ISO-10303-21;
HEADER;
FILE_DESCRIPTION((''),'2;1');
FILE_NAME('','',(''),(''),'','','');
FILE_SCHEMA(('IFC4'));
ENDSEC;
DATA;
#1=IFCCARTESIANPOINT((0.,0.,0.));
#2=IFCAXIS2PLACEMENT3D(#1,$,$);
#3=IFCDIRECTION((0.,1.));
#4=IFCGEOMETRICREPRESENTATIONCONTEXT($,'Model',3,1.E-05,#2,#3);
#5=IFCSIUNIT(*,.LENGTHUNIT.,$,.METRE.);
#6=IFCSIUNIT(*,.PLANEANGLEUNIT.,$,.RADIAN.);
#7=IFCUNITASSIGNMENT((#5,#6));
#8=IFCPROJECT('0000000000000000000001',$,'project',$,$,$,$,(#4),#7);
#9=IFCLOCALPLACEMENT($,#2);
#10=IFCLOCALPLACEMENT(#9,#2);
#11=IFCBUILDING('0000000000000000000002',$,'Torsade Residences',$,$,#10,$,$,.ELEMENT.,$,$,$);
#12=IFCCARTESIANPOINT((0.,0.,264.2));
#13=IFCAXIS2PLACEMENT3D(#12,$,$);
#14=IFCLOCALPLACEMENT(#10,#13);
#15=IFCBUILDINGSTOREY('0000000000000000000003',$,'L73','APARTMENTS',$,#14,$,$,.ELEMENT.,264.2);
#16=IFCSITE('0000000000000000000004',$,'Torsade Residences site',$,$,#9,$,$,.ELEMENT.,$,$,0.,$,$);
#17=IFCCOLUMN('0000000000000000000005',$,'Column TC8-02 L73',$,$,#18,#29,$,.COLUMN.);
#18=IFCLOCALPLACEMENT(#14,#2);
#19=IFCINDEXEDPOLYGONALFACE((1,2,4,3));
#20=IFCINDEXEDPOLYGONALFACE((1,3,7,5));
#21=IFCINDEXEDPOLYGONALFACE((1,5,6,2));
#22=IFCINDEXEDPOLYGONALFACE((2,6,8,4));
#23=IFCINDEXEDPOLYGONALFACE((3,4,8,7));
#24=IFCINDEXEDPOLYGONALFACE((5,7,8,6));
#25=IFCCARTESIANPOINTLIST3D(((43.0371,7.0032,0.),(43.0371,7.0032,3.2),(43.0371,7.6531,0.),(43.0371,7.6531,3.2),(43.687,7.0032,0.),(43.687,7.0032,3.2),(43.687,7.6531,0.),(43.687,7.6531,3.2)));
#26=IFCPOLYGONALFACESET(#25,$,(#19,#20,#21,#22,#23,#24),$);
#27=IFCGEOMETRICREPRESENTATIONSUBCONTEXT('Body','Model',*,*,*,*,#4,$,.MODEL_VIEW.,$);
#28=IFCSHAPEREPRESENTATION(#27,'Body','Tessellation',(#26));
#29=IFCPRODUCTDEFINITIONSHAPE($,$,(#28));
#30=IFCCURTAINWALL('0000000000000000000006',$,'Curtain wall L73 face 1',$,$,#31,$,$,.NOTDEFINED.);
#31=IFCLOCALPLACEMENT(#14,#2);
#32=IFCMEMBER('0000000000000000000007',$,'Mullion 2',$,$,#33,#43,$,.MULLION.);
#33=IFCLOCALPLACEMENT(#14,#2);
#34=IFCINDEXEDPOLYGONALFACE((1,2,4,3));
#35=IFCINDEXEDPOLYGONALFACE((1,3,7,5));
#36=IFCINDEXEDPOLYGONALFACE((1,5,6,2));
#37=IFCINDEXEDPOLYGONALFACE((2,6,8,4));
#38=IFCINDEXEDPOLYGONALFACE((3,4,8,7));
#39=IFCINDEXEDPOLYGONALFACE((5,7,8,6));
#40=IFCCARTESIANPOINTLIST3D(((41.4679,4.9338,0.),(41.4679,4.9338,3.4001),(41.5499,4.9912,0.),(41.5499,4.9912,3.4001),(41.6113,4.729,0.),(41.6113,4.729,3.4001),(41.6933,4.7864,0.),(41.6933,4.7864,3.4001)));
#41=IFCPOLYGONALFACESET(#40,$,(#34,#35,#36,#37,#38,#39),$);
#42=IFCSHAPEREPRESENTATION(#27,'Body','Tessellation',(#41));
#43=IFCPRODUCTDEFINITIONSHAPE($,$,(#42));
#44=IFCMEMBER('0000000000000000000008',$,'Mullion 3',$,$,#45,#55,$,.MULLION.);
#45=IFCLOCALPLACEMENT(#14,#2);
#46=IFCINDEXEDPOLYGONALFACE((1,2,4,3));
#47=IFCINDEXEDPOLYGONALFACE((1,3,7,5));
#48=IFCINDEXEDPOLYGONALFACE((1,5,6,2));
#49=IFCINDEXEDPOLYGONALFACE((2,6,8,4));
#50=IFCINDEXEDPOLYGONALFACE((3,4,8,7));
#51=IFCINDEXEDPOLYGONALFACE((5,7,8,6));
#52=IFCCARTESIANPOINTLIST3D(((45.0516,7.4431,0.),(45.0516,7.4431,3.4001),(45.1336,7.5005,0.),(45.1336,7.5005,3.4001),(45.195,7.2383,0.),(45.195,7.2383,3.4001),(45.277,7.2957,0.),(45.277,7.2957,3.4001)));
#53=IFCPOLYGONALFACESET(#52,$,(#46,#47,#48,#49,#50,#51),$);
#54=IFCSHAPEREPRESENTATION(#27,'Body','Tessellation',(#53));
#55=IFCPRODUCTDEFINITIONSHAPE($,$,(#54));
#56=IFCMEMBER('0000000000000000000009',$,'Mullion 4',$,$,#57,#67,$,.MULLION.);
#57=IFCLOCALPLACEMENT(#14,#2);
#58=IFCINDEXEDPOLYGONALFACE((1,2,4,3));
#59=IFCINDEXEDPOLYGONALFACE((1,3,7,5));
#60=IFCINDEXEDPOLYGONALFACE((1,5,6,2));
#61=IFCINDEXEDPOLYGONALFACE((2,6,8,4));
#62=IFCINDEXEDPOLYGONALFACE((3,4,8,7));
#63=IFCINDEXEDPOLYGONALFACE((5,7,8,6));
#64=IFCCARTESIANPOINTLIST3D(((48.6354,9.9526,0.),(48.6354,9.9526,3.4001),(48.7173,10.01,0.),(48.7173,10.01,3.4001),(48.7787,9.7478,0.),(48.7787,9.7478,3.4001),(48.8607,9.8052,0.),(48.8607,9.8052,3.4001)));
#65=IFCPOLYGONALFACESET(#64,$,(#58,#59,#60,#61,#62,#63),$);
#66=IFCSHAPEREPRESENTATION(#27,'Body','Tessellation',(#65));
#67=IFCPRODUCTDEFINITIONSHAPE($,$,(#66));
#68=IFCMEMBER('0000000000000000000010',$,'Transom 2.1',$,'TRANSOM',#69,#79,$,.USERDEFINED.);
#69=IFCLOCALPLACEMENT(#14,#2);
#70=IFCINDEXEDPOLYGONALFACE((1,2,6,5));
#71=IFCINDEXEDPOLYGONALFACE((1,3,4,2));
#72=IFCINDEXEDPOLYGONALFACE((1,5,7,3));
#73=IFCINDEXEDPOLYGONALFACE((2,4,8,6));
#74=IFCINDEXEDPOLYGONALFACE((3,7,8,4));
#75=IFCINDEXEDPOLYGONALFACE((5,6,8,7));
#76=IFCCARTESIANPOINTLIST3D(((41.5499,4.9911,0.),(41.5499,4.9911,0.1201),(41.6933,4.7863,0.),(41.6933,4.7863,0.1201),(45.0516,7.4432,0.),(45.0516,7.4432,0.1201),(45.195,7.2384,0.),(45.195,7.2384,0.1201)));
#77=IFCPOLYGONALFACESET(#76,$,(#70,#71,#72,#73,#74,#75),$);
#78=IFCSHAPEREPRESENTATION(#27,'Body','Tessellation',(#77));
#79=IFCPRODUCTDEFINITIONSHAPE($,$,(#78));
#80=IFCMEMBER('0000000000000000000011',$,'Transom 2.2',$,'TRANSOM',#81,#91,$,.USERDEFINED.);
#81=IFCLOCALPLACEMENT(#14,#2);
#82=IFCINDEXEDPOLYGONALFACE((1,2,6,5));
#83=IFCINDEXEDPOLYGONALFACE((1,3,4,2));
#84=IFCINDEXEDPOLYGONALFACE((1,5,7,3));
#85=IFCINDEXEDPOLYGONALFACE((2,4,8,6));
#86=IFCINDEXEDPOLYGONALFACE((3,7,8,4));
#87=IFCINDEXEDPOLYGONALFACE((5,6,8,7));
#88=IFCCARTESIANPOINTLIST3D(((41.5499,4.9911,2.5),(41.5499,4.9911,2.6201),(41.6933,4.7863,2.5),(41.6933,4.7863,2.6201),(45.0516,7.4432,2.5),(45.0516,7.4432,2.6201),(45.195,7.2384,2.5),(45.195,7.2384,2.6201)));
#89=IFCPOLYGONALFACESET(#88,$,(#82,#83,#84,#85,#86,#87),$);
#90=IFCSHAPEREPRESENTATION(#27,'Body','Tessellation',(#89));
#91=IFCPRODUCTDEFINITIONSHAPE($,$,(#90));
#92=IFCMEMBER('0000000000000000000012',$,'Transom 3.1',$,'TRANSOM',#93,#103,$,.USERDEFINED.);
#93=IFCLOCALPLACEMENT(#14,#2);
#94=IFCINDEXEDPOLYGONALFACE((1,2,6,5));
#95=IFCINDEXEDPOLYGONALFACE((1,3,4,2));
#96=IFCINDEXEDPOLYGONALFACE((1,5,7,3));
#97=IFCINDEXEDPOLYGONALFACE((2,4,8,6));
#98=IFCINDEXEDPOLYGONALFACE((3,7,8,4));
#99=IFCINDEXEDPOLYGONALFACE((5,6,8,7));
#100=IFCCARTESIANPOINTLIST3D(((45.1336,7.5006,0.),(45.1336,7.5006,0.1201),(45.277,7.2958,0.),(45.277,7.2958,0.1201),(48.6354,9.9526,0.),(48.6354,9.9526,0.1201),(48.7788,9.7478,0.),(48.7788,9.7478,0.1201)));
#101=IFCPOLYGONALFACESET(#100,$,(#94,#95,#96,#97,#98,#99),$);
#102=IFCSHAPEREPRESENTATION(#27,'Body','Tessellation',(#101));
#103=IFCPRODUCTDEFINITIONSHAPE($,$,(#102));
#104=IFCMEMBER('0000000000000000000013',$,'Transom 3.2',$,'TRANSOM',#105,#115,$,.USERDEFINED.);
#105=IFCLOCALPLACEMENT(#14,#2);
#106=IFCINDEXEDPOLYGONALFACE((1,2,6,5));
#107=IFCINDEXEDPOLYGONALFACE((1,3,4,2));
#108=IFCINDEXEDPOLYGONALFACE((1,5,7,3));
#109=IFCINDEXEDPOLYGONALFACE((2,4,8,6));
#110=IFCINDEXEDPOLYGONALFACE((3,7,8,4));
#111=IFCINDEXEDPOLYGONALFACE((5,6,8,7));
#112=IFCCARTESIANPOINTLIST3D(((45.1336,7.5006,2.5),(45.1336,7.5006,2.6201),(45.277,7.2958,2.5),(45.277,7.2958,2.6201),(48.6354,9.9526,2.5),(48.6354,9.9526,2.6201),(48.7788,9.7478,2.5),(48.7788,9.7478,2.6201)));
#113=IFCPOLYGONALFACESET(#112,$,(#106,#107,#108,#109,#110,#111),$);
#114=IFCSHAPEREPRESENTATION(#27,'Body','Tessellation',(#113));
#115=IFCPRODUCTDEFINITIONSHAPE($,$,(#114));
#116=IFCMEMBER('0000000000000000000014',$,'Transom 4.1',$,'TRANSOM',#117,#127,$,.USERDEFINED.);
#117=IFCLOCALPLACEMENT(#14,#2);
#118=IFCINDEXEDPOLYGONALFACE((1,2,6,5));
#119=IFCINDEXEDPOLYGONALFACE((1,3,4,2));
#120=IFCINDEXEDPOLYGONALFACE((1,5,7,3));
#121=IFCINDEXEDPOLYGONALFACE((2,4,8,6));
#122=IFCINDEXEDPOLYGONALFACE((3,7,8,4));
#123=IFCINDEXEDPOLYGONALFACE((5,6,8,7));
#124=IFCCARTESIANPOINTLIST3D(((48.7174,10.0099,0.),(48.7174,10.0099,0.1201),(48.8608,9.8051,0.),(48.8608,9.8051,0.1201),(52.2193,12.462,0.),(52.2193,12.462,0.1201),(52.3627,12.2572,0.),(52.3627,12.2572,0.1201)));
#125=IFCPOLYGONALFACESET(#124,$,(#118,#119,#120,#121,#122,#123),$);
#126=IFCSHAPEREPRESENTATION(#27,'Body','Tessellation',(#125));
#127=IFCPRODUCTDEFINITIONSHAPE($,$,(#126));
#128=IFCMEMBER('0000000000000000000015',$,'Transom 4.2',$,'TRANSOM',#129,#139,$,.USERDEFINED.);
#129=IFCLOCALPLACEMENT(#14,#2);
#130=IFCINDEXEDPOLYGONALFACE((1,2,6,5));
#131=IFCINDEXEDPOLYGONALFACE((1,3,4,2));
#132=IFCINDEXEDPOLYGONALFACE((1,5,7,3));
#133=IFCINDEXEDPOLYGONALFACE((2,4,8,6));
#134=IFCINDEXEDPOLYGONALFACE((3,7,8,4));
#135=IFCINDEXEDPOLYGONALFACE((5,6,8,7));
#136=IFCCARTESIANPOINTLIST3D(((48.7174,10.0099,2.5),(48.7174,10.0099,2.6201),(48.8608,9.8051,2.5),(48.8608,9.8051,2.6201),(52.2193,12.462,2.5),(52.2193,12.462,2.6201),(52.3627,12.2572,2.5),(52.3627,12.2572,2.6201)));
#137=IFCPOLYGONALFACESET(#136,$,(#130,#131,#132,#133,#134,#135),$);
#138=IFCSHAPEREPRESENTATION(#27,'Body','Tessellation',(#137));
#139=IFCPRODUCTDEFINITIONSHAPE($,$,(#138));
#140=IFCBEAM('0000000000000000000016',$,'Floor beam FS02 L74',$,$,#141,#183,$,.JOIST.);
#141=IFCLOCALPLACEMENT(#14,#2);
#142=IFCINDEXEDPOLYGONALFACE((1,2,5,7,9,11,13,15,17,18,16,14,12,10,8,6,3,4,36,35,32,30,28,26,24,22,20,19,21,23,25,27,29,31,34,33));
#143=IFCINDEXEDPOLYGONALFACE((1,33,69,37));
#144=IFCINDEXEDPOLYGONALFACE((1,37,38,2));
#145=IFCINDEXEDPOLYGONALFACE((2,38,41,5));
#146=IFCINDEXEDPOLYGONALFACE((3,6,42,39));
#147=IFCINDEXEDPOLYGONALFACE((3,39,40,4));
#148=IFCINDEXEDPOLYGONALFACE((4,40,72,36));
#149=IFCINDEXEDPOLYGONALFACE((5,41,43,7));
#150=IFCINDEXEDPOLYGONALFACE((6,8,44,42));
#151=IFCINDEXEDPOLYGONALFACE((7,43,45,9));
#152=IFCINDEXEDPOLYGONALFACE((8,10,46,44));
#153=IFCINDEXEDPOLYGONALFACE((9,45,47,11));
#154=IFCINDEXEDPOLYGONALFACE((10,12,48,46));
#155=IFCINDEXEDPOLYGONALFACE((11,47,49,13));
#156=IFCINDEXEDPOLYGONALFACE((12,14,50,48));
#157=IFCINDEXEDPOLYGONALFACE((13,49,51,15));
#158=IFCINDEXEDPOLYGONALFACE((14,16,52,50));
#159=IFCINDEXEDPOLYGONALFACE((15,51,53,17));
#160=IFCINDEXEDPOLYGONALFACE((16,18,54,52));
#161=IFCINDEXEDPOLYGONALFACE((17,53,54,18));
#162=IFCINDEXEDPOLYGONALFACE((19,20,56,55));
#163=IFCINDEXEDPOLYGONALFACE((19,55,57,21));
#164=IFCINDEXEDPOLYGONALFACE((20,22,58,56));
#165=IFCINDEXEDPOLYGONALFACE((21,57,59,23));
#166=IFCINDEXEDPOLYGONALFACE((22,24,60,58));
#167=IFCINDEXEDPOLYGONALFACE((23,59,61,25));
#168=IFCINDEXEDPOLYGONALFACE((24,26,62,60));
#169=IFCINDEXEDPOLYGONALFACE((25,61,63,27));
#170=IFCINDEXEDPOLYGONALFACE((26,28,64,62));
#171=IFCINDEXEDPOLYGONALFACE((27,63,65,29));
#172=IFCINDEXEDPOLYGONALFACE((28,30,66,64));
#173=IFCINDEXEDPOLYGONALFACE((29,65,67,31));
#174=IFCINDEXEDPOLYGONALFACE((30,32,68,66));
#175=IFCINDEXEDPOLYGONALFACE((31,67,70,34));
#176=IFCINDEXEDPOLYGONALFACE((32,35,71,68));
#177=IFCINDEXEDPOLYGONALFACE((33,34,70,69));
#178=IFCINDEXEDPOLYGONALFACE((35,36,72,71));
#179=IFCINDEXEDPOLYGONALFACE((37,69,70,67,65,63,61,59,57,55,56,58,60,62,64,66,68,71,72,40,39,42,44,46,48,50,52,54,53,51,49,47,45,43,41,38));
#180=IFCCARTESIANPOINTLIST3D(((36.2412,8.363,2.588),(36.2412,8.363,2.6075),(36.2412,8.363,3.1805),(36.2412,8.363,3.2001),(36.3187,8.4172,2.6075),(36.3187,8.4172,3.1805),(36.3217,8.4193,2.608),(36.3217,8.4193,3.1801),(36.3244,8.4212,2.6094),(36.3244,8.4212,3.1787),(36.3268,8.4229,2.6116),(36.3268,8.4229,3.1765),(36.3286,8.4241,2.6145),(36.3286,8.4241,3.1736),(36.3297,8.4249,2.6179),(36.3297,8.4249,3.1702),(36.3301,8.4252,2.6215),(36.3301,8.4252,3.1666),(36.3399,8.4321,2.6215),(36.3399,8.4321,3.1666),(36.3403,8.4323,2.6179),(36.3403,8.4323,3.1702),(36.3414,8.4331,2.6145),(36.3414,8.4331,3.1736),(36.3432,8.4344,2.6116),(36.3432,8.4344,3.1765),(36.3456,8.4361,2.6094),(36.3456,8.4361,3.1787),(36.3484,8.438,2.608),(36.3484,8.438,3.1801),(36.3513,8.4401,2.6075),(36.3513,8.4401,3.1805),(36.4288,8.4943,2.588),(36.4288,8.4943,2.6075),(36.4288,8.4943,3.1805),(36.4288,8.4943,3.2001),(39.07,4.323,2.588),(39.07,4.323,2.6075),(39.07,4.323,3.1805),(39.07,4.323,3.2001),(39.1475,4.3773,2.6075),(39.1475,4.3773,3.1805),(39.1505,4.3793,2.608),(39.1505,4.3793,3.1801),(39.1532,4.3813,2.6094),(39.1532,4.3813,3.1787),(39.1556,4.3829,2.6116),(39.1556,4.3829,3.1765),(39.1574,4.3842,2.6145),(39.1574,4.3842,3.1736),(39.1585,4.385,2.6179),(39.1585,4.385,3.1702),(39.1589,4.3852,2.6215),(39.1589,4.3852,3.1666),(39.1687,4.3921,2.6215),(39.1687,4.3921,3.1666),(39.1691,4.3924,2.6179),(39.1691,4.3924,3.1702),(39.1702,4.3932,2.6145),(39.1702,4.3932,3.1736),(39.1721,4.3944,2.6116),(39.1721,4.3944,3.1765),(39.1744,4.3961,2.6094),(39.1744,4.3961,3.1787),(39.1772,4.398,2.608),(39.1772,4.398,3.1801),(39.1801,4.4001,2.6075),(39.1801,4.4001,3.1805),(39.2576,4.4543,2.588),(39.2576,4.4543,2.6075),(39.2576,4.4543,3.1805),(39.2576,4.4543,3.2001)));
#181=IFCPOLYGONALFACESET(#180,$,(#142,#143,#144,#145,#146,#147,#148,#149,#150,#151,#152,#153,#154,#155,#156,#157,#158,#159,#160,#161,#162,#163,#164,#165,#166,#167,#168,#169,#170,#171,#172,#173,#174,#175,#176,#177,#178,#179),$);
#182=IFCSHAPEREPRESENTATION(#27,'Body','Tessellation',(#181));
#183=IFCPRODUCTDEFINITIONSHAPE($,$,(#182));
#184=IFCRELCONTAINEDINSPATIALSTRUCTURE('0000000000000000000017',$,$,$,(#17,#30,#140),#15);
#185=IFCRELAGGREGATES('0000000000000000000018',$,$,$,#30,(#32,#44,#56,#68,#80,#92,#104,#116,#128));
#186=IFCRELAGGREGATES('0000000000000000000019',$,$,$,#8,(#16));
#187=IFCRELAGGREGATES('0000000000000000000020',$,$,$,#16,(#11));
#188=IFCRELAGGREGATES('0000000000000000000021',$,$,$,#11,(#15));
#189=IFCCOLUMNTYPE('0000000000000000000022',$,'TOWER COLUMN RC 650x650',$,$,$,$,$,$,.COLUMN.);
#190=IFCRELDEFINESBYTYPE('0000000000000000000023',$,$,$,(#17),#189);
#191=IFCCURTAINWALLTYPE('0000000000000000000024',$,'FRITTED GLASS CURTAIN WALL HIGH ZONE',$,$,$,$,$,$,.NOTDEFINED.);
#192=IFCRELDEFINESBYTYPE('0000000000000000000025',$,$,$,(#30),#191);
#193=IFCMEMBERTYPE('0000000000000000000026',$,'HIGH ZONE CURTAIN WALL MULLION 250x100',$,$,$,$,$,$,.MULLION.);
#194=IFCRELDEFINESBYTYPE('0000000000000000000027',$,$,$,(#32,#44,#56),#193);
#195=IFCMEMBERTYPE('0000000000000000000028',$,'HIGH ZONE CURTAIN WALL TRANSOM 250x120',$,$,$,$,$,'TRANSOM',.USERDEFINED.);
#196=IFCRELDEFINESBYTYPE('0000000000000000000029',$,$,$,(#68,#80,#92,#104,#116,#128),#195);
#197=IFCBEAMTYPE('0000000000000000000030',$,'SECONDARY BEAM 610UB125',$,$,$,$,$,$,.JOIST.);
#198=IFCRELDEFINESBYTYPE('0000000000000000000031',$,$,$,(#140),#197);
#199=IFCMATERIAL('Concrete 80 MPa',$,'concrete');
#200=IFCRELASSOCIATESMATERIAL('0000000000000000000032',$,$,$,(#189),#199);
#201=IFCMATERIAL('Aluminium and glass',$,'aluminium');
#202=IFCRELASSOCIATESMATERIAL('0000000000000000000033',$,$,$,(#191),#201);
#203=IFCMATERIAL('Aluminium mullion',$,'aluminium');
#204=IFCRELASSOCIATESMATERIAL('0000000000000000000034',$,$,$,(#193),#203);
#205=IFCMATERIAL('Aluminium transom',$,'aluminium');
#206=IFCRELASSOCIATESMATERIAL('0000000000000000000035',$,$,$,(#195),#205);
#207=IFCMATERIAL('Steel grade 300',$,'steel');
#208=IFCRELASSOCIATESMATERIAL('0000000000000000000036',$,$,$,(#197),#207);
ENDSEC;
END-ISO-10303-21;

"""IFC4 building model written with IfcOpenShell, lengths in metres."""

from ifc_helpers import new_model, si_unit, direction, frame, origin, origin_2d, place, context, subcontext, project, spatial, rectangle, i_section, extrude, material, material_profile, profile_set, type_object, element, aggregate, save


model = new_model("IFC4")

# Units and contexts
model_context = context("Model", 3, precision=1e-05, world=origin(), true_north=direction((0.0, 1.0)))
body_context = subcontext(model_context, "Body", "Model", "MODEL_VIEW")
ifc_project = project(units=[si_unit("LENGTHUNIT", "METRE"), si_unit("PLANEANGLEUNIT", "RADIAN")], contexts=[model_context])

# Site, building, storey
site_placement = place(None, origin())
site = spatial("IfcSite", under=ifc_project, at=site_placement, Name="Torsade Residences site", CompositionType="ELEMENT", RefElevation=0.0)
building_placement = place(site_placement, origin())
building = spatial("IfcBuilding", under=site, at=building_placement, Name="Torsade Residences", CompositionType="ELEMENT")
storey_placement = place(building_placement, frame((0.0, 0.0, 264.2)))
storey = spatial("IfcBuildingStorey", under=building, at=storey_placement, Name="L73", Description="APARTMENTS", CompositionType="ELEMENT", Elevation=264.2)

# Column
ifc_material_1 = material(Name="Concrete 80 MPa", Category="concrete")
ifc_material_profile_1 = material_profile(ifc_material_1, rectangle(XDim=0.6499, YDim=0.6499, at=origin_2d()), Name="RC 650x650")
ifc_profile_set_1 = profile_set([ifc_material_profile_1], Name="Concrete 80 MPa")
column_type = type_object("IfcColumnType", Name="TOWER COLUMN RC 650x650", PredefinedType="COLUMN", material=ifc_profile_set_1)
column_placement = place(storey_placement, frame((43.3621, 7.3281, 0.0), z_axis=(0.0, 0.0, 1.0), x_axis=(1.0, 0.0, 0.0)))
element("IfcColumn", 1, at=column_placement, inside=storey, type_object=column_type, Name="Column TC8-02 L73", PredefinedType="COLUMN", context=body_context, shape_type="SweptSolid", body=[
    extrude(rectangle(XDim=0.6499, YDim=0.6499, at=origin_2d()), origin(), (0.0, 0.0, 1.0), 3.2),
])

# Curtain wall, members
ifc_material_2 = material(Name="Aluminium and glass", Category="aluminium")
curtain_wall_type = type_object("IfcCurtainWallType", Name="FRITTED GLASS CURTAIN WALL HIGH ZONE", PredefinedType="NOTDEFINED", material=ifc_material_2)
curtain_wall_placement = place(storey_placement, origin())
curtain_wall = element("IfcCurtainWall", 2, at=curtain_wall_placement, inside=storey, type_object=curtain_wall_type, Name="Curtain wall L73 face 1", PredefinedType="NOTDEFINED")
ifc_material_3 = material(Name="Aluminium mullion", Category="aluminium")
ifc_material_profile_2 = material_profile(ifc_material_3, rectangle(XDim=0.25, YDim=0.1001, at=origin_2d()), Name="HIGH ZONE CURTAIN WALL MULLION 250x100")
ifc_profile_set_2 = profile_set([ifc_material_profile_2], Name="Aluminium mullion")
member_type_1 = type_object("IfcMemberType", Name="HIGH ZONE CURTAIN WALL MULLION 250x100", PredefinedType="MULLION", material=ifc_profile_set_2)
member_1_placement = place(storey_placement, frame((41.5806, 4.8601, 0.0), z_axis=(0.0, 0.0, 1.0), x_axis=(-0.573576, 0.819152, 0.0)))
member_1 = element("IfcMember", 3, at=member_1_placement, type_object=member_type_1, Name="Mullion 2", PredefinedType="MULLION", context=body_context, shape_type="SweptSolid", body=[
    extrude(rectangle(XDim=0.25, YDim=0.1001, at=origin_2d()), origin(), (0.0, 0.0, 1.0), 3.4001),
])
member_2_placement = place(storey_placement, frame((45.1643, 7.3694, 0.0), z_axis=(0.0, 0.0, 1.0), x_axis=(-0.573576, 0.819152, 0.0)))
member_2 = element("IfcMember", 4, at=member_2_placement, type_object=member_type_1, Name="Mullion 3", PredefinedType="MULLION", context=body_context, shape_type="SweptSolid", body=[
    extrude(rectangle(XDim=0.25, YDim=0.1001, at=origin_2d()), origin(), (0.0, 0.0, 1.0), 3.4001),
])
member_3_placement = place(storey_placement, frame((48.748, 9.8789, 0.0), z_axis=(0.0, 0.0, 1.0), x_axis=(-0.573576, 0.819152, 0.0)))
member_3 = element("IfcMember", 5, at=member_3_placement, type_object=member_type_1, Name="Mullion 4", PredefinedType="MULLION", context=body_context, shape_type="SweptSolid", body=[
    extrude(rectangle(XDim=0.25, YDim=0.1001, at=origin_2d()), origin(), (0.0, 0.0, 1.0), 3.4001),
])
ifc_material_4 = material(Name="Aluminium transom", Category="aluminium")
ifc_material_profile_3 = material_profile(ifc_material_4, rectangle(XDim=0.25, YDim=0.1201, at=origin_2d()), Name="HIGH ZONE CURTAIN WALL TRANSOM 250x120")
ifc_profile_set_3 = profile_set([ifc_material_profile_3], Name="Aluminium transom")
member_type_2 = type_object("IfcMemberType", Name="HIGH ZONE CURTAIN WALL TRANSOM 250x120", ElementType="TRANSOM", PredefinedType="USERDEFINED", material=ifc_profile_set_3)
member_4_placement = place(storey_placement, frame((41.6216, 4.8887, 0.0601), z_axis=(0.819127, 0.573612, 0.0), x_axis=(-0.573612, 0.819127, 0.0)))
member_4 = element("IfcMember", 6, at=member_4_placement, type_object=member_type_2, Name="Transom 2.1", ObjectType="TRANSOM", PredefinedType="USERDEFINED", context=body_context, shape_type="SweptSolid", body=[
    extrude(rectangle(XDim=0.25, YDim=0.1201, at=origin_2d()), origin(), (0.0, 0.0, 1.0), 4.2749),
])
member_5_placement = place(storey_placement, frame((41.6216, 4.8887, 2.5601), z_axis=(0.819127, 0.573612, 0.0), x_axis=(-0.573612, 0.819127, 0.0)))
member_5 = element("IfcMember", 7, at=member_5_placement, type_object=member_type_2, Name="Transom 2.2", ObjectType="TRANSOM", PredefinedType="USERDEFINED", context=body_context, shape_type="SweptSolid", body=[
    extrude(rectangle(XDim=0.25, YDim=0.1201, at=origin_2d()), origin(), (0.0, 0.0, 1.0), 4.2749),
])
member_6_placement = place(storey_placement, frame((45.2053, 7.3982, 0.0601), z_axis=(0.819154, 0.573573, 0.0), x_axis=(-0.573573, 0.819154, 0.0)))
member_6 = element("IfcMember", 8, at=member_6_placement, type_object=member_type_2, Name="Transom 3.1", ObjectType="TRANSOM", PredefinedType="USERDEFINED", context=body_context, shape_type="SweptSolid", body=[
    extrude(rectangle(XDim=0.25, YDim=0.1201, at=origin_2d()), origin(), (0.0, 0.0, 1.0), 4.2749),
])
member_7_placement = place(storey_placement, frame((45.2053, 7.3982, 2.5601), z_axis=(0.819154, 0.573573, 0.0), x_axis=(-0.573573, 0.819154, 0.0)))
member_7 = element("IfcMember", 9, at=member_7_placement, type_object=member_type_2, Name="Transom 3.2", ObjectType="TRANSOM", PredefinedType="USERDEFINED", context=body_context, shape_type="SweptSolid", body=[
    extrude(rectangle(XDim=0.25, YDim=0.1201, at=origin_2d()), origin(), (0.0, 0.0, 1.0), 4.2749),
])
member_8_placement = place(storey_placement, frame((48.7891, 9.9075, 0.0601), z_axis=(0.819146, 0.573585, 0.0), x_axis=(-0.573585, 0.819146, 0.0)))
member_8 = element("IfcMember", 10, at=member_8_placement, type_object=member_type_2, Name="Transom 4.1", ObjectType="TRANSOM", PredefinedType="USERDEFINED", context=body_context, shape_type="SweptSolid", body=[
    extrude(rectangle(XDim=0.25, YDim=0.1201, at=origin_2d()), origin(), (0.0, 0.0, 1.0), 4.2751),
])
member_9_placement = place(storey_placement, frame((48.7891, 9.9075, 2.5601), z_axis=(0.819146, 0.573585, 0.0), x_axis=(-0.573585, 0.819146, 0.0)))
member_9 = element("IfcMember", 11, at=member_9_placement, type_object=member_type_2, Name="Transom 4.2", ObjectType="TRANSOM", PredefinedType="USERDEFINED", context=body_context, shape_type="SweptSolid", body=[
    extrude(rectangle(XDim=0.25, YDim=0.1201, at=origin_2d()), origin(), (0.0, 0.0, 1.0), 4.2751),
])

# Beam
ifc_material_5 = material(Name="Steel grade 300", Category="steel")
ifc_material_profile_4 = material_profile(ifc_material_5, i_section(OverallWidth=0.229, OverallDepth=0.6121, WebThickness=0.012, FlangeThickness=0.0195, FilletRadius=0.0139, at=origin_2d()), Name="610UB125")
ifc_profile_set_4 = profile_set([ifc_material_profile_4], Name="Steel grade 300")
beam_type_1 = type_object("IfcBeamType", Name="SECONDARY BEAM 610UB125", PredefinedType="JOIST", material=ifc_profile_set_4)
beam_1_placement = place(storey_placement, frame((39.1638, 4.3887, 2.894), z_axis=(-0.573575, 0.819153, 0.0), x_axis=(-0.819153, -0.573575, 0.0)))
element("IfcBeam", 12, at=beam_1_placement, inside=storey, type_object=beam_type_1, Name="Floor beam FS02 L74", PredefinedType="JOIST", context=body_context, shape_type="SweptSolid", body=[
    extrude(i_section(OverallWidth=0.229, OverallDepth=0.6121, WebThickness=0.012, FlangeThickness=0.0195, FilletRadius=0.0139, at=origin_2d()), origin(), (0.0, 0.0, 1.0), 4.9319),
])

aggregate(curtain_wall, [member_1, member_2, member_3, member_4, member_5, member_6, member_7, member_8, member_9])

save(model, "model.ifc")
